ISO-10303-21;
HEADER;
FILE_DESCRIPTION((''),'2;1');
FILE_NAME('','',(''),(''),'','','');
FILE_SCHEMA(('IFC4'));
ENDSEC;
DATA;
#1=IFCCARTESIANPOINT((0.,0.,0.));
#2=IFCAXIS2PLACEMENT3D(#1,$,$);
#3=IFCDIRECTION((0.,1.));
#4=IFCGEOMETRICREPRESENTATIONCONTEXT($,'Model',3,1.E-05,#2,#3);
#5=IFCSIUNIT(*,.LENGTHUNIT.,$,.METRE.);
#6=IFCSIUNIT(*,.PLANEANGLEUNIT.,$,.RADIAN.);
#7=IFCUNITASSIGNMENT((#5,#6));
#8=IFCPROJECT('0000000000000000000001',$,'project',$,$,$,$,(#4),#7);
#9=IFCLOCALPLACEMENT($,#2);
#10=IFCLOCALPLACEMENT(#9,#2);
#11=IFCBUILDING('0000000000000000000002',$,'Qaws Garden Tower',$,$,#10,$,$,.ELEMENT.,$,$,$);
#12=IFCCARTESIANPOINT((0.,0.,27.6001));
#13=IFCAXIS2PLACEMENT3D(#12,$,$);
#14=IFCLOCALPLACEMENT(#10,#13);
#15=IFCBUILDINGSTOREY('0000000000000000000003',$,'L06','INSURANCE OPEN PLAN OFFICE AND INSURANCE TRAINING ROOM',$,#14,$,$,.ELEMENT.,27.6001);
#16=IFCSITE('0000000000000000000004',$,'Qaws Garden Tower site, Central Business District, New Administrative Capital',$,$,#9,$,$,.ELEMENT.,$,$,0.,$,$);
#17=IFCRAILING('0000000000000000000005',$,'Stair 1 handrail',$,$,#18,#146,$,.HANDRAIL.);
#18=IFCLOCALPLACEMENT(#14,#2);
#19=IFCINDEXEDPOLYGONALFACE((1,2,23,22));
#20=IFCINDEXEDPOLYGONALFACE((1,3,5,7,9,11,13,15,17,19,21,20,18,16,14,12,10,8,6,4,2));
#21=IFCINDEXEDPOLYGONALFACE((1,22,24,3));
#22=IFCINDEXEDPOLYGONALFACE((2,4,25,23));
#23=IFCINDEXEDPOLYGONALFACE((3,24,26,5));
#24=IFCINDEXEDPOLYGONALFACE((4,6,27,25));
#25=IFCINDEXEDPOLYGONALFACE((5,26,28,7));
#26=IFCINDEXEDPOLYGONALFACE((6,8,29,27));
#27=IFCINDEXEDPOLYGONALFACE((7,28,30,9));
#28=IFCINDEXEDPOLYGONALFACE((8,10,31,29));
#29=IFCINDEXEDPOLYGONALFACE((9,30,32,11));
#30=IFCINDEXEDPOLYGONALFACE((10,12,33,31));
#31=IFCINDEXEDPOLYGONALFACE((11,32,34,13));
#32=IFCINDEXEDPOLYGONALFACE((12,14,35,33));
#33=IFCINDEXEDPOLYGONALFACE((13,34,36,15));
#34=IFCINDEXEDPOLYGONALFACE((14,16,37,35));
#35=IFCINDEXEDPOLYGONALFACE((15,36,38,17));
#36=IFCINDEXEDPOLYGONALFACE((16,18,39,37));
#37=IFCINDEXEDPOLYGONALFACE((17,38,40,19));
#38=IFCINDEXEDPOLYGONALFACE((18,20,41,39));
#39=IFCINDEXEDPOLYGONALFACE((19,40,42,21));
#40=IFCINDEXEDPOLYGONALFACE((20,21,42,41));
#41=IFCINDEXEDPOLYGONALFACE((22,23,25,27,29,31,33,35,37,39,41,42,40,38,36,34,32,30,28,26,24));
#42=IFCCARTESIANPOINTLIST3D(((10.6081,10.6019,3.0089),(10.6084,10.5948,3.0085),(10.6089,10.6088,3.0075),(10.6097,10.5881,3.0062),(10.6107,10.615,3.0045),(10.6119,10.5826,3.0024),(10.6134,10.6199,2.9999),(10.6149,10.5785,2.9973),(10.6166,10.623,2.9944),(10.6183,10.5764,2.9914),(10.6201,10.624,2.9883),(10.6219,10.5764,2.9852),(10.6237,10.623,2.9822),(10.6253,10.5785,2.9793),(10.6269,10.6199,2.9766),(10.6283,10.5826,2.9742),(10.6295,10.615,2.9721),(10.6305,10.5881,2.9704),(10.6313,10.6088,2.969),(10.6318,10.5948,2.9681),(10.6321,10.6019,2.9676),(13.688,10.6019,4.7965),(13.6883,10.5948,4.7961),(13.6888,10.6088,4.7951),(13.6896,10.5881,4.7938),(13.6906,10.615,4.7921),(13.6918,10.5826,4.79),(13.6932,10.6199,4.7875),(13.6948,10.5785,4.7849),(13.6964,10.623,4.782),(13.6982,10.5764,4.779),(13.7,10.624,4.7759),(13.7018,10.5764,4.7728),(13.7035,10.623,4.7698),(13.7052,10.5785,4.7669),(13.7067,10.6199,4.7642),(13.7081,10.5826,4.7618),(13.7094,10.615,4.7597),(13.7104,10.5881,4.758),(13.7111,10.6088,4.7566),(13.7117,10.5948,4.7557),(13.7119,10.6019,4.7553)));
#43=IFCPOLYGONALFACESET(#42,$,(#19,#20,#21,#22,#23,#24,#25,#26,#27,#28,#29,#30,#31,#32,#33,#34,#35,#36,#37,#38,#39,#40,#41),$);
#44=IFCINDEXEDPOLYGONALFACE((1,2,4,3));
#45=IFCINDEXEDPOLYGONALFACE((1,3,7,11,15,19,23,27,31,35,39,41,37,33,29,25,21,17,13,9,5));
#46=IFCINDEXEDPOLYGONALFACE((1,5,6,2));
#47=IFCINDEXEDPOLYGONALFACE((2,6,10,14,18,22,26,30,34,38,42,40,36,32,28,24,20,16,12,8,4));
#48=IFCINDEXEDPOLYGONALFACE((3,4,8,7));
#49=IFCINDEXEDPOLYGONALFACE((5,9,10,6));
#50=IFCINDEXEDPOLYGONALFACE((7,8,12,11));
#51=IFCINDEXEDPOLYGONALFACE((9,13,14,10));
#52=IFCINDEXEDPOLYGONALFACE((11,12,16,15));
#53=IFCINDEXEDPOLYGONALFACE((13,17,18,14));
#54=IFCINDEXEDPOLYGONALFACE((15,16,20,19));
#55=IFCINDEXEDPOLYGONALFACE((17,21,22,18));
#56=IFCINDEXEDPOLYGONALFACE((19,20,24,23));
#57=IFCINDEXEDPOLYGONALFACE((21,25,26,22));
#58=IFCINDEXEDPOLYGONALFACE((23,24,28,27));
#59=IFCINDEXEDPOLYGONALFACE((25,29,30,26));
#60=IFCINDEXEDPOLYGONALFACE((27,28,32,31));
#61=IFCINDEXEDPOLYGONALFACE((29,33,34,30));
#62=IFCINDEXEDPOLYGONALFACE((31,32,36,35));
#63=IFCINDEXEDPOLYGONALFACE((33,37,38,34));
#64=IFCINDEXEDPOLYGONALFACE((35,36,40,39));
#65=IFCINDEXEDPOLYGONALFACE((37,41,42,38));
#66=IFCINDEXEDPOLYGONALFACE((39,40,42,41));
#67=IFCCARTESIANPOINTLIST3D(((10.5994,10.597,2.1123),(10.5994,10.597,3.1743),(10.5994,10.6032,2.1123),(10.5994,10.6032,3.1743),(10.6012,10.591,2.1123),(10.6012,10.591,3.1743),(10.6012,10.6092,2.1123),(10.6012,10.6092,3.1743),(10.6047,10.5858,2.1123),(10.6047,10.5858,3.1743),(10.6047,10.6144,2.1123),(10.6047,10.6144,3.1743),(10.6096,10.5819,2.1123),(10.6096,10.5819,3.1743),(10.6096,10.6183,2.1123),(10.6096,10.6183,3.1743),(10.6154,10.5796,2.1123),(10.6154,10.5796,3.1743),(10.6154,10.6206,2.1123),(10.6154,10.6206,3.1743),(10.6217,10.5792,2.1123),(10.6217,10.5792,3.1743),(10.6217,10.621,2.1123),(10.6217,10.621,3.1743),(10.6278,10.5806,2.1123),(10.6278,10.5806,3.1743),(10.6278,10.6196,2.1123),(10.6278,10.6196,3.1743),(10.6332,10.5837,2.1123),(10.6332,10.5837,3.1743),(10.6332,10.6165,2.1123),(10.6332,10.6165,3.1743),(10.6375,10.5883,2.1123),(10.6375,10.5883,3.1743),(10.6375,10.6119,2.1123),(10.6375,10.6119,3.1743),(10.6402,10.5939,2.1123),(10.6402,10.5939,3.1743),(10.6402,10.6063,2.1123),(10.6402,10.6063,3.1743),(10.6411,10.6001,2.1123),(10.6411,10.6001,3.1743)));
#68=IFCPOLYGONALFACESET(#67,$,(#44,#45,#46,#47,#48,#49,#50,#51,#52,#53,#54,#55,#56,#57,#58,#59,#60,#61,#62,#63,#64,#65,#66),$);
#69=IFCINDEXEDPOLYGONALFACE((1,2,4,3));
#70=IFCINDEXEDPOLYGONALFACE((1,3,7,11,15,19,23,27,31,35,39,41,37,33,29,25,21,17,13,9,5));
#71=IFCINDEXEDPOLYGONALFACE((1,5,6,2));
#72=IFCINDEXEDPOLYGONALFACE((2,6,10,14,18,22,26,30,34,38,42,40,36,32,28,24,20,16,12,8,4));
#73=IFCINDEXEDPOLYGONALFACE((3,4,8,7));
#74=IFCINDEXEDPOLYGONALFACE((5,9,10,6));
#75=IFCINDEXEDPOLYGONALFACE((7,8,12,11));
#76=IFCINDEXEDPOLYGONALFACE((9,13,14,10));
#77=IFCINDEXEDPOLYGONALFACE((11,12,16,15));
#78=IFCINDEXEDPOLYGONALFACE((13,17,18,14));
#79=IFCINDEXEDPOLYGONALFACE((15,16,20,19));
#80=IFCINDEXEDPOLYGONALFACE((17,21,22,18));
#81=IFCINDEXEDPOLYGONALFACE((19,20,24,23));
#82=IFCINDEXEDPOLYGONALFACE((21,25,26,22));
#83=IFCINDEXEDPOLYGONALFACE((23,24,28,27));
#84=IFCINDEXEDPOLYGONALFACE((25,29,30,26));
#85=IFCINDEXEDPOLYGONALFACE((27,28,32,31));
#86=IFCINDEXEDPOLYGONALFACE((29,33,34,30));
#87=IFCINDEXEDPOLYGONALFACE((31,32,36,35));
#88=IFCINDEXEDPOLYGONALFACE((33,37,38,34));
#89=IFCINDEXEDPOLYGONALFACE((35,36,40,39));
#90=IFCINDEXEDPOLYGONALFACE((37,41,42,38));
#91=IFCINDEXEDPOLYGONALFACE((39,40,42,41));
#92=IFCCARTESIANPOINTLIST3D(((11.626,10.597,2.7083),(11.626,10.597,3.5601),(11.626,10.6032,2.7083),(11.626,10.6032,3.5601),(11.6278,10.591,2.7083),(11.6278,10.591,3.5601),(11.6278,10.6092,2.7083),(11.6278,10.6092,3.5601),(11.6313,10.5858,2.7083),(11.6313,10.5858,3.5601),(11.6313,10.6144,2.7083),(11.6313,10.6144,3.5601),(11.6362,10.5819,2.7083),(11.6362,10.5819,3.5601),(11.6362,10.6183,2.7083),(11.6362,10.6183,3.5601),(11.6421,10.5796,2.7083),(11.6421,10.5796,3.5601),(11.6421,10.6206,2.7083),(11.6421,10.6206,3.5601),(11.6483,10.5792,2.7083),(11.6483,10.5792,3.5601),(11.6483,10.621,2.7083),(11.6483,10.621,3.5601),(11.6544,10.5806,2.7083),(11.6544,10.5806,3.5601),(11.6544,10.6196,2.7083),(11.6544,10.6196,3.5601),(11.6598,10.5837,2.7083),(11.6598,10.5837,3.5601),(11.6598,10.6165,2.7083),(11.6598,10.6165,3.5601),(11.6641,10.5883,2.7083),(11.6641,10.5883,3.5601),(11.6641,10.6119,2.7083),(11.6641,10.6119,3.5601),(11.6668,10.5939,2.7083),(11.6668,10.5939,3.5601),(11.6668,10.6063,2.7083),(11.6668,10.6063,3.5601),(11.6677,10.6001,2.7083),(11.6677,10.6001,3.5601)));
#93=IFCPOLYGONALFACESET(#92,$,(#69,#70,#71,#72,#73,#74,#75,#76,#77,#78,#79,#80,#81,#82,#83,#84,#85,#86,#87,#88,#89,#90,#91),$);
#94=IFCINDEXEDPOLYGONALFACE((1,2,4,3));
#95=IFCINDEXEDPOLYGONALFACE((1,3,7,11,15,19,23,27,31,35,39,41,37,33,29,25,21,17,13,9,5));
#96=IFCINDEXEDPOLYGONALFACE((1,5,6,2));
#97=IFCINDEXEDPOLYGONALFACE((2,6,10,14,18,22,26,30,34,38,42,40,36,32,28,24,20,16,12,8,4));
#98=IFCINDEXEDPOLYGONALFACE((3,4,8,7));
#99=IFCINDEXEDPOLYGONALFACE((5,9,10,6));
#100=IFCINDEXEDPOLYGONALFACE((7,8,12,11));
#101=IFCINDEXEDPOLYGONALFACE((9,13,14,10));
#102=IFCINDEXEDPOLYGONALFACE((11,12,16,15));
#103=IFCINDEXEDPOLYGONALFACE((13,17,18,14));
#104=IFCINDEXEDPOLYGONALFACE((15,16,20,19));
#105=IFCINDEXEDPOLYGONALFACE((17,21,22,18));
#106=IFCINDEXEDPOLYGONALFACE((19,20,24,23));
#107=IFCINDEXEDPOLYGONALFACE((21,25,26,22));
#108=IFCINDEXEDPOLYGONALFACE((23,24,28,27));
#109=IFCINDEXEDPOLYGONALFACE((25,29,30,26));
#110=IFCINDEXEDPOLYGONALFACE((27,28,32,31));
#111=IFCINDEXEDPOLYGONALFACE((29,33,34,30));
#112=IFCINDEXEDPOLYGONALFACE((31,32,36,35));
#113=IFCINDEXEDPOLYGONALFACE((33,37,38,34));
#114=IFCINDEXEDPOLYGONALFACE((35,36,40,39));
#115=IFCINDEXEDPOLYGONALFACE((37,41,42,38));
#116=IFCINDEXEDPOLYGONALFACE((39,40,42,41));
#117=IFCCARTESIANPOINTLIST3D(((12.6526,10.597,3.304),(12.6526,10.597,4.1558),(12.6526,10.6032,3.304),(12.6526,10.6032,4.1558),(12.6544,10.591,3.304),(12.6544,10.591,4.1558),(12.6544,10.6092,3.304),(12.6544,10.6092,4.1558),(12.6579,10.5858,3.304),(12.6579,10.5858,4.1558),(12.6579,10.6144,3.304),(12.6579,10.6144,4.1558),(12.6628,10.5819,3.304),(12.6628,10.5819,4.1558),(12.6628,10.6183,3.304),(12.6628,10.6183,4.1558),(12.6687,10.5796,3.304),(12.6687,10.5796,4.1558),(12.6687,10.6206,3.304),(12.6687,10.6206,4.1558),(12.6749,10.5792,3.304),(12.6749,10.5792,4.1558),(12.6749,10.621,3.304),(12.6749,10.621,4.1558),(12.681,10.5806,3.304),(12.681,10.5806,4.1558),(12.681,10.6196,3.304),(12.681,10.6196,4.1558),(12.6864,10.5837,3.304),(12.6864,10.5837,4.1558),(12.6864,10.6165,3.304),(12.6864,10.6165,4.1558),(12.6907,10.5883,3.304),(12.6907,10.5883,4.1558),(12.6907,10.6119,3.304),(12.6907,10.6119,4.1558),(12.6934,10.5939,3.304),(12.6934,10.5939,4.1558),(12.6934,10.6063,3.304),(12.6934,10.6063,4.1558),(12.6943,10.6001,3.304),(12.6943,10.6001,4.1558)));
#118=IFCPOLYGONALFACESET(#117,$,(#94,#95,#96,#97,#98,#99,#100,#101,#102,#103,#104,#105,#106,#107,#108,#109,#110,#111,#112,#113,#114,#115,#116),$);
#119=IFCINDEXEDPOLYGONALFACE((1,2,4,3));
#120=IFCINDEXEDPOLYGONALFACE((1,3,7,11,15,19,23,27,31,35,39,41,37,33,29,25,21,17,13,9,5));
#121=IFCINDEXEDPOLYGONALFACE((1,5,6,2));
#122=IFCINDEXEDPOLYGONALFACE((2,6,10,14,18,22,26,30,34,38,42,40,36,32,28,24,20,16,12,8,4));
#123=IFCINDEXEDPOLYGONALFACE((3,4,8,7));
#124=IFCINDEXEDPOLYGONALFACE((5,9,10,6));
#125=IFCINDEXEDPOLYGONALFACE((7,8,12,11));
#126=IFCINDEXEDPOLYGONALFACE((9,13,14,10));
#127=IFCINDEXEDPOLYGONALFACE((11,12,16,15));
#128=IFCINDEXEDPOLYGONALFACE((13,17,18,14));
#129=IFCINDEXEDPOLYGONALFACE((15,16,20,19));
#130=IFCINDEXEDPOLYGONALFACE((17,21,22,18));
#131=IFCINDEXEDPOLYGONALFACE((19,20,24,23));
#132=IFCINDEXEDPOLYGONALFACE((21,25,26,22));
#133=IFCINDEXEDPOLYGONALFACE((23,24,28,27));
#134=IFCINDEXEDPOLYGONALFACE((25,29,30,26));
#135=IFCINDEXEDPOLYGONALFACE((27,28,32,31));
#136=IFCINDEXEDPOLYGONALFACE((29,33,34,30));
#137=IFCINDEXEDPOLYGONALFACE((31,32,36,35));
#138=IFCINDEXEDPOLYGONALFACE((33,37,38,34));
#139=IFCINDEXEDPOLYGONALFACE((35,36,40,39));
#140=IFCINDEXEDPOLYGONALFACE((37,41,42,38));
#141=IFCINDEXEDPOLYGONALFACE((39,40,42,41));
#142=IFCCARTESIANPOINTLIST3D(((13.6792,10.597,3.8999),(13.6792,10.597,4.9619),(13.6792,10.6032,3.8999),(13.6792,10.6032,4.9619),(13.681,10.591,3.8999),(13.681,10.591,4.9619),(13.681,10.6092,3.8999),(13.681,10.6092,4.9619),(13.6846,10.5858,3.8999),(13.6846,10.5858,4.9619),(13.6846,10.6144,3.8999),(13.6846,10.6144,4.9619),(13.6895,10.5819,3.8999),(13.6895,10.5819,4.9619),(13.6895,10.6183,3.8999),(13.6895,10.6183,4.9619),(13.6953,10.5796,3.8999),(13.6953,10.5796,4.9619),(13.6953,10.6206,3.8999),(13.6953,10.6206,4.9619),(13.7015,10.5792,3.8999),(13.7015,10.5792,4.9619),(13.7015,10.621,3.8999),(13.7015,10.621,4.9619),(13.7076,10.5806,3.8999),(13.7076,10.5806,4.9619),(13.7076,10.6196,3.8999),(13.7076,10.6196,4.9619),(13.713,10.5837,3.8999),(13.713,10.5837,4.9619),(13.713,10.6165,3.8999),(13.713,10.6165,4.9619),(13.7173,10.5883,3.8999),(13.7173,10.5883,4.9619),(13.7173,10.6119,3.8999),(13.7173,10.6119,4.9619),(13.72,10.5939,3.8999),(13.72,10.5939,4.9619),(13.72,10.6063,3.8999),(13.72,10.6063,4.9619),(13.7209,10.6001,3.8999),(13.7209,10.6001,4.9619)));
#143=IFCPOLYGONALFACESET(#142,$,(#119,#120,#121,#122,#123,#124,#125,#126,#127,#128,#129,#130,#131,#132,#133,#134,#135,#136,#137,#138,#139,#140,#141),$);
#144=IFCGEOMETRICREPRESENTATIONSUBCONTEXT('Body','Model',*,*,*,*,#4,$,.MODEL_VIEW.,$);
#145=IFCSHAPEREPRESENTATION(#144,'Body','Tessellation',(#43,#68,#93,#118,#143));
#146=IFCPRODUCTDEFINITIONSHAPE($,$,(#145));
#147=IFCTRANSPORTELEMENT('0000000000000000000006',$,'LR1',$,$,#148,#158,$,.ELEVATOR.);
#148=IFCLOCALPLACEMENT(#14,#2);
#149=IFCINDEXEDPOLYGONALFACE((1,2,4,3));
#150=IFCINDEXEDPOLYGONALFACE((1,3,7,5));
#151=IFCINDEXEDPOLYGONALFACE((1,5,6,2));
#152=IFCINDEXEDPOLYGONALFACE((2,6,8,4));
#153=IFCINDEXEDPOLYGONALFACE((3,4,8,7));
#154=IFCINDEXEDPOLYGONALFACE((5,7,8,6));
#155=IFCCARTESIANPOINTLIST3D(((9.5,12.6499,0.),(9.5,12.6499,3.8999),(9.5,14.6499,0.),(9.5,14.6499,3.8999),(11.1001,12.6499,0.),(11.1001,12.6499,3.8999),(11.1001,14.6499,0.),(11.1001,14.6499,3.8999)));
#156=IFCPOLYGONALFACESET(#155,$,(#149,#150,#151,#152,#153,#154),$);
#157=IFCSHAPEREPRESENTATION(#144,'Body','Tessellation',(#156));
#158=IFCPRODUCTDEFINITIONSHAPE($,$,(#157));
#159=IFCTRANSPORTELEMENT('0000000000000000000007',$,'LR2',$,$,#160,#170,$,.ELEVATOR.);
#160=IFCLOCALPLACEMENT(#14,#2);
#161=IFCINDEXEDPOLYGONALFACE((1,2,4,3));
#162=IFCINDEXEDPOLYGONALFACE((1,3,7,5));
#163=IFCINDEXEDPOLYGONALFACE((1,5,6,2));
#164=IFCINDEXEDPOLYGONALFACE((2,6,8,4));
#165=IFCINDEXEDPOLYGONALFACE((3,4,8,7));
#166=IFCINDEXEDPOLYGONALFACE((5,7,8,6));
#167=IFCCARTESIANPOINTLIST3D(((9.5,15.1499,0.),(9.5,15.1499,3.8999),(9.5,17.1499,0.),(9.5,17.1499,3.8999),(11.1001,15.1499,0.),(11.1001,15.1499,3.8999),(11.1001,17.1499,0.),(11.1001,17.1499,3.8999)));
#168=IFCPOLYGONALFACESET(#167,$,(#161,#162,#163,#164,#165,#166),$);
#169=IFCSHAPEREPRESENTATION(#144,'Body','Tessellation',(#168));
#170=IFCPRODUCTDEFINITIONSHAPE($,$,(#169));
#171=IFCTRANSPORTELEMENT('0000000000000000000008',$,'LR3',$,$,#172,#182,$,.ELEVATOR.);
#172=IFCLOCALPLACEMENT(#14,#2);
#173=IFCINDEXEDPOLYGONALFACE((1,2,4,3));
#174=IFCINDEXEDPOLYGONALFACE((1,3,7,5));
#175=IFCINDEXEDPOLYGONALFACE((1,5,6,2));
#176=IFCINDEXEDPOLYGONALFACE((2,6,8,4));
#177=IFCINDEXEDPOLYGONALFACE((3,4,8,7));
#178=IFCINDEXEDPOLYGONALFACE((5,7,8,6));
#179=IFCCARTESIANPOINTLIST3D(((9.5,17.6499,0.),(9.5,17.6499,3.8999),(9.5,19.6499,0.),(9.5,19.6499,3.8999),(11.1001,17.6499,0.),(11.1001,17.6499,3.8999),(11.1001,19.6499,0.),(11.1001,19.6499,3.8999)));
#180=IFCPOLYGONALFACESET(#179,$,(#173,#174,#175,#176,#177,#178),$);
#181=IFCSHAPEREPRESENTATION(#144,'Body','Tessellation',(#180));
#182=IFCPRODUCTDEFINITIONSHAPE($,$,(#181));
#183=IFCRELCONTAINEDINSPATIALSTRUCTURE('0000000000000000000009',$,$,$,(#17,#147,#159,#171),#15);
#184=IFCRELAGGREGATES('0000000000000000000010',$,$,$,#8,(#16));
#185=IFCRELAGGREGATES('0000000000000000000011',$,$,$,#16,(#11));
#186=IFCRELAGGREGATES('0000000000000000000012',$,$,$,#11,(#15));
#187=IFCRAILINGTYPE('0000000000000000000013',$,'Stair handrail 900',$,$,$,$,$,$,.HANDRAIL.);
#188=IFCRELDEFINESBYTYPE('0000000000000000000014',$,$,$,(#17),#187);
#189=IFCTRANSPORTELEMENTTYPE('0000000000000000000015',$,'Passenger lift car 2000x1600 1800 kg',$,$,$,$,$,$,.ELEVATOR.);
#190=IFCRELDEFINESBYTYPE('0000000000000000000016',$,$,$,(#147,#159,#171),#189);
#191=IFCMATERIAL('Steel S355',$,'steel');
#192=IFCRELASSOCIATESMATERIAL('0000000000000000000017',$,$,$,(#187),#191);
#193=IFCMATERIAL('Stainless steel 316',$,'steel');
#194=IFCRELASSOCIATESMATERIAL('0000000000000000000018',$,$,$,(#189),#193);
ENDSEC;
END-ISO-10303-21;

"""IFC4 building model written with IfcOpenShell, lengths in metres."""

from ifc_helpers import new_model, si_unit, direction, frame, origin, origin_2d, place, context, subcontext, project, spatial, rectangle, circle, extrude, material, type_object, element, save


model = new_model("IFC4")

# Units and contexts
model_context = context("Model", 3, precision=1e-05, world=origin(), true_north=direction((0.0, 1.0)))
body_context = subcontext(model_context, "Body", "Model", "MODEL_VIEW")
ifc_project = project(units=[si_unit("LENGTHUNIT", "METRE"), si_unit("PLANEANGLEUNIT", "RADIAN")], contexts=[model_context])

# Site, building, storey
site_placement = place(None, origin())
site = spatial("IfcSite", under=ifc_project, at=site_placement, Name="Qaws Garden Tower site, Central Business District, New Administrative Capital", CompositionType="ELEMENT", RefElevation=0.0)
building_placement = place(site_placement, origin())
building = spatial("IfcBuilding", under=site, at=building_placement, Name="Qaws Garden Tower", CompositionType="ELEMENT")
storey_placement = place(building_placement, frame((0.0, 0.0, 27.6001)))
storey = spatial("IfcBuildingStorey", under=building, at=storey_placement, Name="L06", Description="INSURANCE OPEN PLAN OFFICE AND INSURANCE TRAINING ROOM", CompositionType="ELEMENT", Elevation=27.6001)

# Railing
ifc_material_1 = material(Name="Steel S355", Category="steel")
railing_type = type_object("IfcRailingType", Name="Stair handrail 900", PredefinedType="HANDRAIL", material=ifc_material_1)
railing_1_placement = place(storey_placement, frame((10.6201, 10.6001, 2.1123)))
element("IfcRailing", 1, at=railing_1_placement, inside=storey, type_object=railing_type, Name="Stair 1 handrail", PredefinedType="HANDRAIL", context=body_context, shape_type="SweptSolid", body=[
    extrude(circle(Radius=0.0239, at=origin_2d()), frame((0.0, 0.0, 0.876), z_axis=(0.864873, 0.0, 0.50199), x_axis=(0.0, 1.0, 0.0)), (0.0, 0.0, 1.0), 3.561),
    extrude(circle(Radius=0.021, at=origin_2d()), origin(), (0.0, 0.0, 1.0), 1.062),
    extrude(circle(Radius=0.021, at=origin_2d()), frame((1.0266, 0.0, 0.5959)), (0.0, 0.0, 1.0), 0.8518),
    extrude(circle(Radius=0.021, at=origin_2d()), frame((2.0532, 0.0, 1.1917)), (0.0, 0.0, 1.0), 0.8518),
    extrude(circle(Radius=0.021, at=origin_2d()), frame((3.0798, 0.0, 1.7876)), (0.0, 0.0, 1.0), 1.062),
])

# Transport elements
ifc_material_2 = material(Name="Stainless steel 316", Category="steel")
transport_element_type = type_object("IfcTransportElementType", Name="Passenger lift car 2000x1600 1800 kg", PredefinedType="ELEVATOR", material=ifc_material_2)
for number, where, z_axis, x_axis, name in (
    (2, (10.3, 13.6499, 0.0), (0.0, 0.0, 1.0), (1.0, 0.0, 0.0), "LR1"),
    (3, (10.3, 16.1499, 0.0), (0.0, 0.0, 1.0), (1.0, 0.0, 0.0), "LR2"),
    (4, (10.3, 18.6499, 0.0), (0.0, 0.0, 1.0), (1.0, 0.0, 0.0), "LR3"),
):
    element("IfcTransportElement", number, at=place(storey_placement, frame(where, z_axis=z_axis, x_axis=x_axis)), inside=storey, type_object=transport_element_type, Name=name, PredefinedType="ELEVATOR", context=body_context, shape_type="SweptSolid", body=[
        extrude(rectangle(XDim=1.6001, YDim=2.0, at=origin_2d()), origin(), (0.0, 0.0, 1.0), 3.8999),
    ])

save(model, "model.ifc")
